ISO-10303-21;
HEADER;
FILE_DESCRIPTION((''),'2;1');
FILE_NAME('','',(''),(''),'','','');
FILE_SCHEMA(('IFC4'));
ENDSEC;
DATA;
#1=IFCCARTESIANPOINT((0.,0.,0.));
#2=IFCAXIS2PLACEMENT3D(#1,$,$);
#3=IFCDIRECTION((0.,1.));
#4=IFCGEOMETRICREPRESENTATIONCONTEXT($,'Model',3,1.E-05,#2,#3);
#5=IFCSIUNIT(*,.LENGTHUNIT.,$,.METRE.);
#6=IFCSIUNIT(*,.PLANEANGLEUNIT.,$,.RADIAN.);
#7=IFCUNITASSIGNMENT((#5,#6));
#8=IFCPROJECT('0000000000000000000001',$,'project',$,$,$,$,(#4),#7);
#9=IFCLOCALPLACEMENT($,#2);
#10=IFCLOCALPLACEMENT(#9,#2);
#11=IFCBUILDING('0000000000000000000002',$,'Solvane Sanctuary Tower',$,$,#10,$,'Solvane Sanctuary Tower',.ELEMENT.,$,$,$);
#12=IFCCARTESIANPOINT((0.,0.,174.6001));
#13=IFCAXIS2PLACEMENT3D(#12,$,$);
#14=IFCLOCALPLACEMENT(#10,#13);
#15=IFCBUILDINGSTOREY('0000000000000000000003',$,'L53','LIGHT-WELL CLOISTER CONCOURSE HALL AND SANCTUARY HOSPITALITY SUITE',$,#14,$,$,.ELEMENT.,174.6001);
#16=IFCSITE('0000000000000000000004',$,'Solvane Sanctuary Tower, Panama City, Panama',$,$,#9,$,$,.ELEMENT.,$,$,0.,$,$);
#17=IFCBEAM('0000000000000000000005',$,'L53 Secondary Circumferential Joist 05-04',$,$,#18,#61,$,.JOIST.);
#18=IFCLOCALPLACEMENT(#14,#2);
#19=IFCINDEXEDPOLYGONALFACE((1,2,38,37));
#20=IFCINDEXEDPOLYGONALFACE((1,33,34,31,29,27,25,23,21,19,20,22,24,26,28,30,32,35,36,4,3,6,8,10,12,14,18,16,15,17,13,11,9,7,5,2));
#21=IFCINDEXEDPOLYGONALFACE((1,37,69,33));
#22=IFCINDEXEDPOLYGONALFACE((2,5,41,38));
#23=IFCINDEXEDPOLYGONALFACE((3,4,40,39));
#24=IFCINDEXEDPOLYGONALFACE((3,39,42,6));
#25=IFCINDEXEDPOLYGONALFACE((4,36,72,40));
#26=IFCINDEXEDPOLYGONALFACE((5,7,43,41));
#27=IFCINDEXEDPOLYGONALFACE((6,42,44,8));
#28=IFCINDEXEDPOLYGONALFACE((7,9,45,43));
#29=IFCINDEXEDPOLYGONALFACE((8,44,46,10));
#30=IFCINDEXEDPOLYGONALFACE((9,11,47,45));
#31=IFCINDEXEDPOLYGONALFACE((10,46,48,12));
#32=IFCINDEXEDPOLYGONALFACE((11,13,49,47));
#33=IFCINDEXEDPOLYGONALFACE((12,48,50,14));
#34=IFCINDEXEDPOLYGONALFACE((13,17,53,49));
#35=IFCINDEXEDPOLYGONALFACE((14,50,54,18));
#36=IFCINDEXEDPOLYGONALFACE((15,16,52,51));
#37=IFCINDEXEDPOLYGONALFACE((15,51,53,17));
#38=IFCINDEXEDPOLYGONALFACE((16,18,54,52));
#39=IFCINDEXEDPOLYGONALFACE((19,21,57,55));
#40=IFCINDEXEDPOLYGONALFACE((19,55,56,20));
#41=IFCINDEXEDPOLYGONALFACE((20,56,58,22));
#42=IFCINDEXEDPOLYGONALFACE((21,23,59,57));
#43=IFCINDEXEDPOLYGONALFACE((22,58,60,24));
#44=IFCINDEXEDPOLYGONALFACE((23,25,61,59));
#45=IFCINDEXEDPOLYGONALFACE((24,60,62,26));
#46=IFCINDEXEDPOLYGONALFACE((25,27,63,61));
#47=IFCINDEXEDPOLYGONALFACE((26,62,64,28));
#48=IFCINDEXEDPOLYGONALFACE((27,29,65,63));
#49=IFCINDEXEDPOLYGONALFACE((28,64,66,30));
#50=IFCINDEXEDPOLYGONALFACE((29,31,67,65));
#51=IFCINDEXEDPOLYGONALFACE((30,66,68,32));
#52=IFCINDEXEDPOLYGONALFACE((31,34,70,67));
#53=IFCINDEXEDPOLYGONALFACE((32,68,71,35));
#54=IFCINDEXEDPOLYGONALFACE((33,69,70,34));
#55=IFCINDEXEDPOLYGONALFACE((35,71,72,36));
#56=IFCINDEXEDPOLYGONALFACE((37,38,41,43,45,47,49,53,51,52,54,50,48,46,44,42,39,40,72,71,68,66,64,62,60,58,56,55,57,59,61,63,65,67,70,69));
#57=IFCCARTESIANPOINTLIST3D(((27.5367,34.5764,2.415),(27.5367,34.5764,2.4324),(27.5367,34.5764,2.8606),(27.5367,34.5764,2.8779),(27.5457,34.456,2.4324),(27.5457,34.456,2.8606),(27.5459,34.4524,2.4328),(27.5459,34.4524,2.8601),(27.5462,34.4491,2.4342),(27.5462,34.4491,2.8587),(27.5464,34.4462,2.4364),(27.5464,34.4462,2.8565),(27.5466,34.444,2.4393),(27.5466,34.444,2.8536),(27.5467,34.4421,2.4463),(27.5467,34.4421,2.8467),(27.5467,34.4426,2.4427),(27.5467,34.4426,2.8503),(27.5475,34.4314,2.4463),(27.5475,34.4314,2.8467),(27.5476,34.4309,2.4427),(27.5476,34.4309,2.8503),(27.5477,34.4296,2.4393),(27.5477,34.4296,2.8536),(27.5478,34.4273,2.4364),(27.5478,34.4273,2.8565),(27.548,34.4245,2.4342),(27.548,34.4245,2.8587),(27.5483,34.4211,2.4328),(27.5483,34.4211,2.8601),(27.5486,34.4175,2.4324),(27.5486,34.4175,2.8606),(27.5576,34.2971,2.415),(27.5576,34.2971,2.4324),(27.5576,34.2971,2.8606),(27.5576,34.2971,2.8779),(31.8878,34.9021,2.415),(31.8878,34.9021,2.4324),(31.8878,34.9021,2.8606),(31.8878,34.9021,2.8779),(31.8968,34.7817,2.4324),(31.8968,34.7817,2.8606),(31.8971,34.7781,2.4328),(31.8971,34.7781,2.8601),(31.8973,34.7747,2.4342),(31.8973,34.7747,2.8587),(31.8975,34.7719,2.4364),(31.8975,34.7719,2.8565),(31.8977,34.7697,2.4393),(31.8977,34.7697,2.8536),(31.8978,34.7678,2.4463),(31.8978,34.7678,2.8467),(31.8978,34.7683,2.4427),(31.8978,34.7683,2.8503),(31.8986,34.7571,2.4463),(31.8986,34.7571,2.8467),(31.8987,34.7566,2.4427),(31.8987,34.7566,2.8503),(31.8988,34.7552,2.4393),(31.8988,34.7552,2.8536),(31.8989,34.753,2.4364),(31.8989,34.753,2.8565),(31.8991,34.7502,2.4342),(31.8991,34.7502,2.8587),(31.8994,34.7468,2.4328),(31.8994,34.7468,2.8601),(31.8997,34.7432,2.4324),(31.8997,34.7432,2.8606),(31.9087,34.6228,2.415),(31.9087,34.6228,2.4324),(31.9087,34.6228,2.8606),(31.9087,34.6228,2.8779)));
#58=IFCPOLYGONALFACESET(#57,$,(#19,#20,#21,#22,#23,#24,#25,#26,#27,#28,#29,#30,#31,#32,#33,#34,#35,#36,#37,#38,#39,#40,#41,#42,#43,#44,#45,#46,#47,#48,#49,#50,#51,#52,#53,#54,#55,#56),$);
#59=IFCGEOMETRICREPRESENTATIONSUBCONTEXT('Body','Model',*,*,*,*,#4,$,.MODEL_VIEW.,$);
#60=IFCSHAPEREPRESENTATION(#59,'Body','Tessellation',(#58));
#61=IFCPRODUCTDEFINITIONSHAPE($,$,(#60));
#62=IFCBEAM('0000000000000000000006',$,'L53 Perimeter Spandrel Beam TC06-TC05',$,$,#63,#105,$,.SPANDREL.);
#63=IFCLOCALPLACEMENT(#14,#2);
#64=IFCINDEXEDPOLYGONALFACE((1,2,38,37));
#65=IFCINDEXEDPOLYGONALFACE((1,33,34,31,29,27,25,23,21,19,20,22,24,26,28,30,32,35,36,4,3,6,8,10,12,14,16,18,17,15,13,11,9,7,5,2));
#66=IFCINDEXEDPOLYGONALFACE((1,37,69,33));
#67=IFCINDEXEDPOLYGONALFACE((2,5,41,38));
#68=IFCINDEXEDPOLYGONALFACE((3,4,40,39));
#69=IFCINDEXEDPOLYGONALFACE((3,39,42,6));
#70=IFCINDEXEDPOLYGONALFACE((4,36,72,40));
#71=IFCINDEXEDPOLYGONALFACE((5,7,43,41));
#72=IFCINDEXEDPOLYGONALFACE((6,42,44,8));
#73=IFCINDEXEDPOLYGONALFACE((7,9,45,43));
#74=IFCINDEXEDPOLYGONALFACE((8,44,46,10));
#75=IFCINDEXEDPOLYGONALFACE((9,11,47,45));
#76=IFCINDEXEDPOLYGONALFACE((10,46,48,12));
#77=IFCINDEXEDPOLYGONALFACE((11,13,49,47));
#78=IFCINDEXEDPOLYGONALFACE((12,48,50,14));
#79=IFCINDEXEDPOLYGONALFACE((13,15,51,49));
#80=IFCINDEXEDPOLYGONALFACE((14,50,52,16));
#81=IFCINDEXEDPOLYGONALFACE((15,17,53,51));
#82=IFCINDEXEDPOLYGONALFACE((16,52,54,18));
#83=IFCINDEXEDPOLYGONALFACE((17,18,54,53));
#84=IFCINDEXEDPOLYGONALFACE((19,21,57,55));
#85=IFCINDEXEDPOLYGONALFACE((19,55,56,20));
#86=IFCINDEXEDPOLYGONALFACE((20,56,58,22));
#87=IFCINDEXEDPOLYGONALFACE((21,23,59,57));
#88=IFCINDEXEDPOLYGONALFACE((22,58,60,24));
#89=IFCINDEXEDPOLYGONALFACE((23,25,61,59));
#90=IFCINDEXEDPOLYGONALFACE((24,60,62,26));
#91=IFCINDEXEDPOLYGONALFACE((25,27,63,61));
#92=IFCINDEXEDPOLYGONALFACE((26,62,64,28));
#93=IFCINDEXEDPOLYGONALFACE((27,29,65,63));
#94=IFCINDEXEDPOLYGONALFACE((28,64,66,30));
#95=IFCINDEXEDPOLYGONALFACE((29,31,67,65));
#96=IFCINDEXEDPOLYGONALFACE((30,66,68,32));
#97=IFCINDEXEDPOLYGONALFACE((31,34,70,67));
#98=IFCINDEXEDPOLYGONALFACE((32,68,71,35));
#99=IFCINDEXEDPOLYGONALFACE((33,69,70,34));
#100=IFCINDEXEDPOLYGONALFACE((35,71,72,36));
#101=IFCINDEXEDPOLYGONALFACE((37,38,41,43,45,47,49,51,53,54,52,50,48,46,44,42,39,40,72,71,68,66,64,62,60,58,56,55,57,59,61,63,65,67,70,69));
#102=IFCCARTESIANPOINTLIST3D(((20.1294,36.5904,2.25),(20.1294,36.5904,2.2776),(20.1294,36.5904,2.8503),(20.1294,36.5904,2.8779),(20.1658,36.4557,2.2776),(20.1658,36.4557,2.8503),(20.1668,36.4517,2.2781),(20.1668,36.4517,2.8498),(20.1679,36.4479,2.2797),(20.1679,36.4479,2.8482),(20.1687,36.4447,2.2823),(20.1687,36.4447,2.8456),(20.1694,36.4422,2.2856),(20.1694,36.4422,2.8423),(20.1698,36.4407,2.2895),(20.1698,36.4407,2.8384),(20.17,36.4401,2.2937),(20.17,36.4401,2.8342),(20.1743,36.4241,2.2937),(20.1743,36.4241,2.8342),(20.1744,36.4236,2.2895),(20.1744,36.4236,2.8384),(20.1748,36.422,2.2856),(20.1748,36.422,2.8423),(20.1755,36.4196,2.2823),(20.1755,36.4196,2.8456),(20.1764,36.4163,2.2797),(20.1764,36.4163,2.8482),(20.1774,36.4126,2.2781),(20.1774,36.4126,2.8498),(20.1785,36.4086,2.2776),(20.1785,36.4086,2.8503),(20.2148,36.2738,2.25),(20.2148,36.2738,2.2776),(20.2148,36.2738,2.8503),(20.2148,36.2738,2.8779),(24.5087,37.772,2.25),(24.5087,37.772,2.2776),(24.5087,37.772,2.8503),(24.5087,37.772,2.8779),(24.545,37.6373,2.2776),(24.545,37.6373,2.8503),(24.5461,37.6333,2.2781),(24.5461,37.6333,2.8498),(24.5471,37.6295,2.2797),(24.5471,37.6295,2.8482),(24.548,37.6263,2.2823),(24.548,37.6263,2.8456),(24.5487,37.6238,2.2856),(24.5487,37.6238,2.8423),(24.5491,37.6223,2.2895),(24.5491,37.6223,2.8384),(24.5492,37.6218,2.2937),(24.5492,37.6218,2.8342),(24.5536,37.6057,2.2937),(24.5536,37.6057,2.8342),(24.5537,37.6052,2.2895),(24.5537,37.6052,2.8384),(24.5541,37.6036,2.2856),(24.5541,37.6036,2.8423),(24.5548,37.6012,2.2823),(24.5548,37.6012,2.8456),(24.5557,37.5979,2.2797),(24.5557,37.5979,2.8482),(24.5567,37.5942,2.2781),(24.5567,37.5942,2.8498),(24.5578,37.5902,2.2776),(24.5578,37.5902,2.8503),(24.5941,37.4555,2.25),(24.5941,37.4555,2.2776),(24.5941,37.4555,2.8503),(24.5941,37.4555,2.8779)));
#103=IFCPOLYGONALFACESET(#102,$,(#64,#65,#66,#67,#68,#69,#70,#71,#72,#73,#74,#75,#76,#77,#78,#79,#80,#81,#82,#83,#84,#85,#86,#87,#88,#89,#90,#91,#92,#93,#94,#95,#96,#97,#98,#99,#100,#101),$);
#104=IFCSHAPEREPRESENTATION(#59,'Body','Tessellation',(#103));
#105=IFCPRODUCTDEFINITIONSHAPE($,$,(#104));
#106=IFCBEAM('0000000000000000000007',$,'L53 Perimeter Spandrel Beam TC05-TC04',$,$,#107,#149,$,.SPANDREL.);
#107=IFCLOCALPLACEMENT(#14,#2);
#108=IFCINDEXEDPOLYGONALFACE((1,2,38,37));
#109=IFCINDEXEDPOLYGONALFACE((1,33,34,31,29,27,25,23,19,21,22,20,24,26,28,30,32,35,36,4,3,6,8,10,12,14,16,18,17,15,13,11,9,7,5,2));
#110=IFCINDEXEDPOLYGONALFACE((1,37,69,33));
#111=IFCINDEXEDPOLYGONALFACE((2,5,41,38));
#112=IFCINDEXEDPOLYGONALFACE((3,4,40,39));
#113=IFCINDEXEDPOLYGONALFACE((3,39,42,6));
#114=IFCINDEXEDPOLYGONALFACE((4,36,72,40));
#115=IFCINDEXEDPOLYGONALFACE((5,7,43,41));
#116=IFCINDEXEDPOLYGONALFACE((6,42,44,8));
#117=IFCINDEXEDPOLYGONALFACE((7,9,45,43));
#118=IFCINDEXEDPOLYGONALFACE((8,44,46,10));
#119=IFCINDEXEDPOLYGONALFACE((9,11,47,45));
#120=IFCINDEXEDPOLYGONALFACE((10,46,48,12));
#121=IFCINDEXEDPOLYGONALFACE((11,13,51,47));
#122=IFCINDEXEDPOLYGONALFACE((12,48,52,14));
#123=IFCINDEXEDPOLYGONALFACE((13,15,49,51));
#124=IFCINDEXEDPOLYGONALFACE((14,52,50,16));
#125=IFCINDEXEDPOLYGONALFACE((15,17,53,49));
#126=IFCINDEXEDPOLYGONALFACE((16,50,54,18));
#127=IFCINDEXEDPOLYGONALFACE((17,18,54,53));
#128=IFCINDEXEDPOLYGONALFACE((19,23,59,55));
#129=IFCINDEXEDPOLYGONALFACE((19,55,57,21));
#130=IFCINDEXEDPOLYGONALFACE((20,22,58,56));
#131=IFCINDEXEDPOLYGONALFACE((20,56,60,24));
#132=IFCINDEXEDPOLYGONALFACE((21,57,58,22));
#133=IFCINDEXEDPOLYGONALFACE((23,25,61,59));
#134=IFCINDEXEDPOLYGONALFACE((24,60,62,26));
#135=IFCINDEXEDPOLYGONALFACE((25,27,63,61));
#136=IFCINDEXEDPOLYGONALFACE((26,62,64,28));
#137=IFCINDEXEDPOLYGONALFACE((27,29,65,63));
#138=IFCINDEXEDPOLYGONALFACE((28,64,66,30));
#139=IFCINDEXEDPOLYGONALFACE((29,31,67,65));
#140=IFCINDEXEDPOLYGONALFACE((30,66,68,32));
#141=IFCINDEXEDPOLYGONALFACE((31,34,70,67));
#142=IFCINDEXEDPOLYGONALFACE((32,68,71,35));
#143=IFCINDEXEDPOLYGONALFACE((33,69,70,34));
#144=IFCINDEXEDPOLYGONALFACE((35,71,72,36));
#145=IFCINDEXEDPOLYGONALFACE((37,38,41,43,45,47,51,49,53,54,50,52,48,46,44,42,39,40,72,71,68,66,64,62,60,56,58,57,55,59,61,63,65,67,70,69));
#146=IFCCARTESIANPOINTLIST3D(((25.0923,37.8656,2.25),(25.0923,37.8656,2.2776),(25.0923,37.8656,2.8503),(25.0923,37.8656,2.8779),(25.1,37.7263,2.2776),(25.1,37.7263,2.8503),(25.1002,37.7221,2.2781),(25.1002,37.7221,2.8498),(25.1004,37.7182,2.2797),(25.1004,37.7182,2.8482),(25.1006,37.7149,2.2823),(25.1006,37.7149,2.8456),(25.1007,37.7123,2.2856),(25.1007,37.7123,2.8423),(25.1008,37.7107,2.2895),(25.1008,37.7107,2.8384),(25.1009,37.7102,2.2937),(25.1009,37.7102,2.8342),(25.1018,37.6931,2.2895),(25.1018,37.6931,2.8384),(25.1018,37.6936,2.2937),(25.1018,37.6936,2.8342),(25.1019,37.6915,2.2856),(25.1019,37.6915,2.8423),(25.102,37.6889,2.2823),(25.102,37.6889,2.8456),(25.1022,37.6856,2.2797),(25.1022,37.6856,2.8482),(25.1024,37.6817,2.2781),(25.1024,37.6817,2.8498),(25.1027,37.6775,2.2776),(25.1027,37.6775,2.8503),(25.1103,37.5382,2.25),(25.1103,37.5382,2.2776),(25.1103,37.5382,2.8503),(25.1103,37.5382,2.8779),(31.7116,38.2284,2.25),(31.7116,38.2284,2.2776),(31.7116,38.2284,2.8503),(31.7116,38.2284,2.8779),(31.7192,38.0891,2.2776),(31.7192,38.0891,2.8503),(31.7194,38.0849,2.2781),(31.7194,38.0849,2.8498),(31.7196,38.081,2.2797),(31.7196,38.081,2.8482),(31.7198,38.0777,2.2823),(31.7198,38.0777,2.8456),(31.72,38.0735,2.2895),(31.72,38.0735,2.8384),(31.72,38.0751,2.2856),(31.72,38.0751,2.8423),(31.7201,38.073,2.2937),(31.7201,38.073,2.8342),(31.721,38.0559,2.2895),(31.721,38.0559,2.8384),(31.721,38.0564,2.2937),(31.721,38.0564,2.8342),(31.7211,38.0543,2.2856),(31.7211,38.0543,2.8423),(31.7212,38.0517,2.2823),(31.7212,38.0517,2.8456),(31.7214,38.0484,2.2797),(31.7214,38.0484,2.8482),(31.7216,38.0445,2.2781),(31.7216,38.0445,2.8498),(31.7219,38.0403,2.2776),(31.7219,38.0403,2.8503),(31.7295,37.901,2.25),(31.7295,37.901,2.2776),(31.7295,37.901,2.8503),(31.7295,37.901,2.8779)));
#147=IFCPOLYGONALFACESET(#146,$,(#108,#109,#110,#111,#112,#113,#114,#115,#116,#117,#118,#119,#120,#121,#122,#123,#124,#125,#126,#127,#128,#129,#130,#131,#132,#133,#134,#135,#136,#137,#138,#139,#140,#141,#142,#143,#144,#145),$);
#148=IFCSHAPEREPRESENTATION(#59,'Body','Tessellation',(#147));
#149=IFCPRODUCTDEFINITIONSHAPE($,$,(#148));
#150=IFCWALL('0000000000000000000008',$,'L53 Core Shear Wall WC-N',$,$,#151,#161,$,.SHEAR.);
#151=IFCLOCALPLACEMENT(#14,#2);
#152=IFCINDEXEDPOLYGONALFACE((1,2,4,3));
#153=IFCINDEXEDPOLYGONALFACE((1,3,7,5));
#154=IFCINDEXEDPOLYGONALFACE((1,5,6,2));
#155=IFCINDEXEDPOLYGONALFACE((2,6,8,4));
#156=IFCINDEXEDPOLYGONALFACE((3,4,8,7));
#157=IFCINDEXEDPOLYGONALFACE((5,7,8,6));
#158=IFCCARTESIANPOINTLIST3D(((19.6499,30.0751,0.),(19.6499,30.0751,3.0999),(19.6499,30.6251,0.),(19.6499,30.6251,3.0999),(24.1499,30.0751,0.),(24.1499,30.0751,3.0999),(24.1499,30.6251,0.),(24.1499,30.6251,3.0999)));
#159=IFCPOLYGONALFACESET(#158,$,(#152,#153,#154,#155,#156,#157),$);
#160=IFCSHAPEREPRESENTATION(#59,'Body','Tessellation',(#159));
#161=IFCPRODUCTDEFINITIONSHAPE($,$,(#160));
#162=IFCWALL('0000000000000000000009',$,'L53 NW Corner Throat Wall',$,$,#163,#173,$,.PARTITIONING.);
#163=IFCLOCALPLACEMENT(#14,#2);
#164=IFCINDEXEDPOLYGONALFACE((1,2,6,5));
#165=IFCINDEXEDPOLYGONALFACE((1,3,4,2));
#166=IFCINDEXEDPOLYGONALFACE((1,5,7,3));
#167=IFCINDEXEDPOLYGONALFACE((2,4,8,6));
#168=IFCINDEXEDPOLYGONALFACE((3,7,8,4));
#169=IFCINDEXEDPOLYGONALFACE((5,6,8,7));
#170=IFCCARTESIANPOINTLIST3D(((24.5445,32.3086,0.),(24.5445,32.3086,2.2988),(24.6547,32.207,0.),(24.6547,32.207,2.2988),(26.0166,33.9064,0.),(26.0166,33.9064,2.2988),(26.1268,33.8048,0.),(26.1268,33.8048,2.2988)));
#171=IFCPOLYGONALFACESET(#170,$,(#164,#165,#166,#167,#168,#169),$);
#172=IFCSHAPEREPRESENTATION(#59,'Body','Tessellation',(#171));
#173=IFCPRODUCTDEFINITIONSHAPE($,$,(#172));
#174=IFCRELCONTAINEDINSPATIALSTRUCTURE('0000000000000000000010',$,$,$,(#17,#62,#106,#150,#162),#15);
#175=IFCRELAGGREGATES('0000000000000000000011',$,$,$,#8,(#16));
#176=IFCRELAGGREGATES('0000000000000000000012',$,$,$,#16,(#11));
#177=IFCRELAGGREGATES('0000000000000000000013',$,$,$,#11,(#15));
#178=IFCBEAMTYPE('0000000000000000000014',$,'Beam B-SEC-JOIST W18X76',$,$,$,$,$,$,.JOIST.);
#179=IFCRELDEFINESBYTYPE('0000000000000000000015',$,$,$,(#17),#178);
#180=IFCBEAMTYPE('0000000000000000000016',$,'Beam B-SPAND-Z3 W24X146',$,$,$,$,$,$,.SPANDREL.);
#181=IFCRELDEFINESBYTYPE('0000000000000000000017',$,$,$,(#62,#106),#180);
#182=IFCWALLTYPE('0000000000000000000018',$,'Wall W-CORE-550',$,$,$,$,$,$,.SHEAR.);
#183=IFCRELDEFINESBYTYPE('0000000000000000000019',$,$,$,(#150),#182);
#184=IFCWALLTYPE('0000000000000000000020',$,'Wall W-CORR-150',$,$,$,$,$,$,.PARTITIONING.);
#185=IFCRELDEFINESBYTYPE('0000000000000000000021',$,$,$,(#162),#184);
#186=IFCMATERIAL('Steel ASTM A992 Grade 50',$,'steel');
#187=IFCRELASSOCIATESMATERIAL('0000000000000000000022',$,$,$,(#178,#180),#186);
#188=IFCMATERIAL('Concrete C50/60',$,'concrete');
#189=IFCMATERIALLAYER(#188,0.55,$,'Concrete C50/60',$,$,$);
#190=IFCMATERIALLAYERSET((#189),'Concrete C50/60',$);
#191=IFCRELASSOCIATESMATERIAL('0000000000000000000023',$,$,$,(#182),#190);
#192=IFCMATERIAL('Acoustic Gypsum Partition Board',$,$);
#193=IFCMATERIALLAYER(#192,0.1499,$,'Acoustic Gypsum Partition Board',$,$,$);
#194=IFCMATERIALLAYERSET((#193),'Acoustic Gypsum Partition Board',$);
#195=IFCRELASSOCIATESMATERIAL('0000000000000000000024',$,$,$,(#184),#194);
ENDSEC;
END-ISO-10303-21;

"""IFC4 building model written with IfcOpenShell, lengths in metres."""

from ifc_helpers import new_model, si_unit, direction, frame, frame_2d, origin, origin_2d, place, context, subcontext, project, spatial, rectangle, i_section, extrude, material, layer, layer_set, material_profile, profile_set, type_object, element, save


model = new_model("IFC4")

# Units and contexts
model_context = context("Model", 3, precision=1e-05, world=origin(), true_north=direction((0.0, 1.0)))
body_context = subcontext(model_context, "Body", "Model", "MODEL_VIEW")
ifc_project = project(units=[si_unit("LENGTHUNIT", "METRE"), si_unit("PLANEANGLEUNIT", "RADIAN")], contexts=[model_context])

# Site, building, storey
site_placement = place(None, origin())
site = spatial("IfcSite", under=ifc_project, at=site_placement, Name="Solvane Sanctuary Tower, Panama City, Panama", CompositionType="ELEMENT", RefElevation=0.0)
building_placement = place(site_placement, origin())
building = spatial("IfcBuilding", under=site, at=building_placement, Name="Solvane Sanctuary Tower", LongName="Solvane Sanctuary Tower", CompositionType="ELEMENT")
storey_placement = place(building_placement, frame((0.0, 0.0, 174.6001)))
storey = spatial("IfcBuildingStorey", under=building, at=storey_placement, Name="L53", Description="LIGHT-WELL CLOISTER CONCOURSE HALL AND SANCTUARY HOSPITALITY SUITE", CompositionType="ELEMENT", Elevation=174.6001)

# Shared definitions
ifc_material_1 = material(Name="Concrete C50/60", Category="concrete")

# Beams
ifc_material_2 = material(Name="Steel ASTM A992 Grade 50", Category="steel")
ifc_material_profile_1 = material_profile(ifc_material_2, i_section(OverallWidth=0.28, OverallDepth=0.4629, WebThickness=0.0107, FlangeThickness=0.0173, FilletRadius=0.0139, at=origin_2d()), Name="W18X76")
ifc_profile_set_1 = profile_set([ifc_material_profile_1], Name="Steel ASTM A992 Grade 50")
beam_type_1 = type_object("IfcBeamType", Name="Beam B-SEC-JOIST W18X76", PredefinedType="JOIST", material=ifc_profile_set_1)
beam_1_placement = place(storey_placement, frame((27.5471, 34.4368, 2.6465), z_axis=(0.99721, 0.074642, 0.0), x_axis=(-0.074642, 0.99721, 0.0)))
element("IfcBeam", 1, at=beam_1_placement, inside=storey, type_object=beam_type_1, Name="L53 Secondary Circumferential Joist 05-04", PredefinedType="JOIST", context=body_context, shape_type="SweptSolid", body=[
    extrude(i_section(OverallWidth=0.28, OverallDepth=0.4629, WebThickness=0.0107, FlangeThickness=0.0173, FilletRadius=0.0139, at=origin_2d()), origin(), (0.0, 0.0, 1.0), 4.3633),
])
ifc_material_profile_2 = material_profile(ifc_material_2, i_section(OverallWidth=0.3279, OverallDepth=0.6279, WebThickness=0.0166, FlangeThickness=0.0276, FilletRadius=0.0161, at=origin_2d()), Name="W24X146")
ifc_profile_set_2 = profile_set([ifc_material_profile_2], Name="Steel ASTM A992 Grade 50")
beam_type_2 = type_object("IfcBeamType", Name="Beam B-SPAND-Z3 W24X146", PredefinedType="SPANDREL", material=ifc_profile_set_2)
beam_2_placement = place(storey_placement, frame((20.1721, 36.4321, 2.564), z_axis=(0.965473, 0.260502, 0.0), x_axis=(-0.260502, 0.965473, 0.0)))
element("IfcBeam", 2, at=beam_2_placement, inside=storey, type_object=beam_type_2, Name="L53 Perimeter Spandrel Beam TC06-TC05", PredefinedType="SPANDREL", context=body_context, shape_type="SweptSolid", body=[
    extrude(i_section(OverallWidth=0.3279, OverallDepth=0.6279, WebThickness=0.0166, FlangeThickness=0.0276, FilletRadius=0.0161, at=origin_2d()), origin(), (0.0, 0.0, 1.0), 4.5359),
])
beam_3_placement = place(storey_placement, frame((25.1013, 37.7019, 2.564), z_axis=(0.998501, 0.054728, 0.0), x_axis=(-0.054728, 0.998501, 0.0)))
element("IfcBeam", 3, at=beam_3_placement, inside=storey, type_object=beam_type_2, Name="L53 Perimeter Spandrel Beam TC05-TC04", PredefinedType="SPANDREL", context=body_context, shape_type="SweptSolid", body=[
    extrude(i_section(OverallWidth=0.3279, OverallDepth=0.6279, WebThickness=0.0166, FlangeThickness=0.0276, FilletRadius=0.0161, at=origin_2d()), origin(), (0.0, 0.0, 1.0), 6.6292),
])

# Walls
ifc_layer_1 = layer(ifc_material_1, 0.55, Name="Concrete C50/60")
ifc_layer_set_1 = layer_set([ifc_layer_1], Name="Concrete C50/60")
wall_type_1 = type_object("IfcWallType", Name="Wall W-CORE-550", PredefinedType="SHEAR", material=ifc_layer_set_1)
wall_1_placement = place(storey_placement, frame((19.6499, 30.3501, 0.0), z_axis=(0.0, 0.0, 1.0), x_axis=(1.0, 0.0, 0.0)))
element("IfcWall", 4, at=wall_1_placement, inside=storey, type_object=wall_type_1, Name="L53 Core Shear Wall WC-N", PredefinedType="SHEAR", context=body_context, shape_type="SweptSolid", body=[
    extrude(rectangle(XDim=4.5, YDim=0.55, at=frame_2d((2.25, 0.0))), origin(), (0.0, 0.0, 1.0), 3.0999),
])
ifc_material_3 = material(Name="Acoustic Gypsum Partition Board")
ifc_layer_2 = layer(ifc_material_3, 0.1499, Name="Acoustic Gypsum Partition Board")
ifc_layer_set_2 = layer_set([ifc_layer_2], Name="Acoustic Gypsum Partition Board")
wall_type_2 = type_object("IfcWallType", Name="Wall W-CORR-150", PredefinedType="PARTITIONING", material=ifc_layer_set_2)
wall_2_placement = place(storey_placement, frame((26.0718, 33.8557, 0.0), z_axis=(0.0, 0.0, 1.0), x_axis=(-0.67758, -0.735449, 0.0)))
element("IfcWall", 5, at=wall_2_placement, inside=storey, type_object=wall_type_2, Name="L53 NW Corner Throat Wall", PredefinedType="PARTITIONING", context=body_context, shape_type="SweptSolid", body=[
    extrude(rectangle(XDim=2.1726, YDim=0.1499, at=frame_2d((1.0864, 0.0))), origin(), (0.0, 0.0, 1.0), 2.2988),
])

save(model, "model.ifc")
